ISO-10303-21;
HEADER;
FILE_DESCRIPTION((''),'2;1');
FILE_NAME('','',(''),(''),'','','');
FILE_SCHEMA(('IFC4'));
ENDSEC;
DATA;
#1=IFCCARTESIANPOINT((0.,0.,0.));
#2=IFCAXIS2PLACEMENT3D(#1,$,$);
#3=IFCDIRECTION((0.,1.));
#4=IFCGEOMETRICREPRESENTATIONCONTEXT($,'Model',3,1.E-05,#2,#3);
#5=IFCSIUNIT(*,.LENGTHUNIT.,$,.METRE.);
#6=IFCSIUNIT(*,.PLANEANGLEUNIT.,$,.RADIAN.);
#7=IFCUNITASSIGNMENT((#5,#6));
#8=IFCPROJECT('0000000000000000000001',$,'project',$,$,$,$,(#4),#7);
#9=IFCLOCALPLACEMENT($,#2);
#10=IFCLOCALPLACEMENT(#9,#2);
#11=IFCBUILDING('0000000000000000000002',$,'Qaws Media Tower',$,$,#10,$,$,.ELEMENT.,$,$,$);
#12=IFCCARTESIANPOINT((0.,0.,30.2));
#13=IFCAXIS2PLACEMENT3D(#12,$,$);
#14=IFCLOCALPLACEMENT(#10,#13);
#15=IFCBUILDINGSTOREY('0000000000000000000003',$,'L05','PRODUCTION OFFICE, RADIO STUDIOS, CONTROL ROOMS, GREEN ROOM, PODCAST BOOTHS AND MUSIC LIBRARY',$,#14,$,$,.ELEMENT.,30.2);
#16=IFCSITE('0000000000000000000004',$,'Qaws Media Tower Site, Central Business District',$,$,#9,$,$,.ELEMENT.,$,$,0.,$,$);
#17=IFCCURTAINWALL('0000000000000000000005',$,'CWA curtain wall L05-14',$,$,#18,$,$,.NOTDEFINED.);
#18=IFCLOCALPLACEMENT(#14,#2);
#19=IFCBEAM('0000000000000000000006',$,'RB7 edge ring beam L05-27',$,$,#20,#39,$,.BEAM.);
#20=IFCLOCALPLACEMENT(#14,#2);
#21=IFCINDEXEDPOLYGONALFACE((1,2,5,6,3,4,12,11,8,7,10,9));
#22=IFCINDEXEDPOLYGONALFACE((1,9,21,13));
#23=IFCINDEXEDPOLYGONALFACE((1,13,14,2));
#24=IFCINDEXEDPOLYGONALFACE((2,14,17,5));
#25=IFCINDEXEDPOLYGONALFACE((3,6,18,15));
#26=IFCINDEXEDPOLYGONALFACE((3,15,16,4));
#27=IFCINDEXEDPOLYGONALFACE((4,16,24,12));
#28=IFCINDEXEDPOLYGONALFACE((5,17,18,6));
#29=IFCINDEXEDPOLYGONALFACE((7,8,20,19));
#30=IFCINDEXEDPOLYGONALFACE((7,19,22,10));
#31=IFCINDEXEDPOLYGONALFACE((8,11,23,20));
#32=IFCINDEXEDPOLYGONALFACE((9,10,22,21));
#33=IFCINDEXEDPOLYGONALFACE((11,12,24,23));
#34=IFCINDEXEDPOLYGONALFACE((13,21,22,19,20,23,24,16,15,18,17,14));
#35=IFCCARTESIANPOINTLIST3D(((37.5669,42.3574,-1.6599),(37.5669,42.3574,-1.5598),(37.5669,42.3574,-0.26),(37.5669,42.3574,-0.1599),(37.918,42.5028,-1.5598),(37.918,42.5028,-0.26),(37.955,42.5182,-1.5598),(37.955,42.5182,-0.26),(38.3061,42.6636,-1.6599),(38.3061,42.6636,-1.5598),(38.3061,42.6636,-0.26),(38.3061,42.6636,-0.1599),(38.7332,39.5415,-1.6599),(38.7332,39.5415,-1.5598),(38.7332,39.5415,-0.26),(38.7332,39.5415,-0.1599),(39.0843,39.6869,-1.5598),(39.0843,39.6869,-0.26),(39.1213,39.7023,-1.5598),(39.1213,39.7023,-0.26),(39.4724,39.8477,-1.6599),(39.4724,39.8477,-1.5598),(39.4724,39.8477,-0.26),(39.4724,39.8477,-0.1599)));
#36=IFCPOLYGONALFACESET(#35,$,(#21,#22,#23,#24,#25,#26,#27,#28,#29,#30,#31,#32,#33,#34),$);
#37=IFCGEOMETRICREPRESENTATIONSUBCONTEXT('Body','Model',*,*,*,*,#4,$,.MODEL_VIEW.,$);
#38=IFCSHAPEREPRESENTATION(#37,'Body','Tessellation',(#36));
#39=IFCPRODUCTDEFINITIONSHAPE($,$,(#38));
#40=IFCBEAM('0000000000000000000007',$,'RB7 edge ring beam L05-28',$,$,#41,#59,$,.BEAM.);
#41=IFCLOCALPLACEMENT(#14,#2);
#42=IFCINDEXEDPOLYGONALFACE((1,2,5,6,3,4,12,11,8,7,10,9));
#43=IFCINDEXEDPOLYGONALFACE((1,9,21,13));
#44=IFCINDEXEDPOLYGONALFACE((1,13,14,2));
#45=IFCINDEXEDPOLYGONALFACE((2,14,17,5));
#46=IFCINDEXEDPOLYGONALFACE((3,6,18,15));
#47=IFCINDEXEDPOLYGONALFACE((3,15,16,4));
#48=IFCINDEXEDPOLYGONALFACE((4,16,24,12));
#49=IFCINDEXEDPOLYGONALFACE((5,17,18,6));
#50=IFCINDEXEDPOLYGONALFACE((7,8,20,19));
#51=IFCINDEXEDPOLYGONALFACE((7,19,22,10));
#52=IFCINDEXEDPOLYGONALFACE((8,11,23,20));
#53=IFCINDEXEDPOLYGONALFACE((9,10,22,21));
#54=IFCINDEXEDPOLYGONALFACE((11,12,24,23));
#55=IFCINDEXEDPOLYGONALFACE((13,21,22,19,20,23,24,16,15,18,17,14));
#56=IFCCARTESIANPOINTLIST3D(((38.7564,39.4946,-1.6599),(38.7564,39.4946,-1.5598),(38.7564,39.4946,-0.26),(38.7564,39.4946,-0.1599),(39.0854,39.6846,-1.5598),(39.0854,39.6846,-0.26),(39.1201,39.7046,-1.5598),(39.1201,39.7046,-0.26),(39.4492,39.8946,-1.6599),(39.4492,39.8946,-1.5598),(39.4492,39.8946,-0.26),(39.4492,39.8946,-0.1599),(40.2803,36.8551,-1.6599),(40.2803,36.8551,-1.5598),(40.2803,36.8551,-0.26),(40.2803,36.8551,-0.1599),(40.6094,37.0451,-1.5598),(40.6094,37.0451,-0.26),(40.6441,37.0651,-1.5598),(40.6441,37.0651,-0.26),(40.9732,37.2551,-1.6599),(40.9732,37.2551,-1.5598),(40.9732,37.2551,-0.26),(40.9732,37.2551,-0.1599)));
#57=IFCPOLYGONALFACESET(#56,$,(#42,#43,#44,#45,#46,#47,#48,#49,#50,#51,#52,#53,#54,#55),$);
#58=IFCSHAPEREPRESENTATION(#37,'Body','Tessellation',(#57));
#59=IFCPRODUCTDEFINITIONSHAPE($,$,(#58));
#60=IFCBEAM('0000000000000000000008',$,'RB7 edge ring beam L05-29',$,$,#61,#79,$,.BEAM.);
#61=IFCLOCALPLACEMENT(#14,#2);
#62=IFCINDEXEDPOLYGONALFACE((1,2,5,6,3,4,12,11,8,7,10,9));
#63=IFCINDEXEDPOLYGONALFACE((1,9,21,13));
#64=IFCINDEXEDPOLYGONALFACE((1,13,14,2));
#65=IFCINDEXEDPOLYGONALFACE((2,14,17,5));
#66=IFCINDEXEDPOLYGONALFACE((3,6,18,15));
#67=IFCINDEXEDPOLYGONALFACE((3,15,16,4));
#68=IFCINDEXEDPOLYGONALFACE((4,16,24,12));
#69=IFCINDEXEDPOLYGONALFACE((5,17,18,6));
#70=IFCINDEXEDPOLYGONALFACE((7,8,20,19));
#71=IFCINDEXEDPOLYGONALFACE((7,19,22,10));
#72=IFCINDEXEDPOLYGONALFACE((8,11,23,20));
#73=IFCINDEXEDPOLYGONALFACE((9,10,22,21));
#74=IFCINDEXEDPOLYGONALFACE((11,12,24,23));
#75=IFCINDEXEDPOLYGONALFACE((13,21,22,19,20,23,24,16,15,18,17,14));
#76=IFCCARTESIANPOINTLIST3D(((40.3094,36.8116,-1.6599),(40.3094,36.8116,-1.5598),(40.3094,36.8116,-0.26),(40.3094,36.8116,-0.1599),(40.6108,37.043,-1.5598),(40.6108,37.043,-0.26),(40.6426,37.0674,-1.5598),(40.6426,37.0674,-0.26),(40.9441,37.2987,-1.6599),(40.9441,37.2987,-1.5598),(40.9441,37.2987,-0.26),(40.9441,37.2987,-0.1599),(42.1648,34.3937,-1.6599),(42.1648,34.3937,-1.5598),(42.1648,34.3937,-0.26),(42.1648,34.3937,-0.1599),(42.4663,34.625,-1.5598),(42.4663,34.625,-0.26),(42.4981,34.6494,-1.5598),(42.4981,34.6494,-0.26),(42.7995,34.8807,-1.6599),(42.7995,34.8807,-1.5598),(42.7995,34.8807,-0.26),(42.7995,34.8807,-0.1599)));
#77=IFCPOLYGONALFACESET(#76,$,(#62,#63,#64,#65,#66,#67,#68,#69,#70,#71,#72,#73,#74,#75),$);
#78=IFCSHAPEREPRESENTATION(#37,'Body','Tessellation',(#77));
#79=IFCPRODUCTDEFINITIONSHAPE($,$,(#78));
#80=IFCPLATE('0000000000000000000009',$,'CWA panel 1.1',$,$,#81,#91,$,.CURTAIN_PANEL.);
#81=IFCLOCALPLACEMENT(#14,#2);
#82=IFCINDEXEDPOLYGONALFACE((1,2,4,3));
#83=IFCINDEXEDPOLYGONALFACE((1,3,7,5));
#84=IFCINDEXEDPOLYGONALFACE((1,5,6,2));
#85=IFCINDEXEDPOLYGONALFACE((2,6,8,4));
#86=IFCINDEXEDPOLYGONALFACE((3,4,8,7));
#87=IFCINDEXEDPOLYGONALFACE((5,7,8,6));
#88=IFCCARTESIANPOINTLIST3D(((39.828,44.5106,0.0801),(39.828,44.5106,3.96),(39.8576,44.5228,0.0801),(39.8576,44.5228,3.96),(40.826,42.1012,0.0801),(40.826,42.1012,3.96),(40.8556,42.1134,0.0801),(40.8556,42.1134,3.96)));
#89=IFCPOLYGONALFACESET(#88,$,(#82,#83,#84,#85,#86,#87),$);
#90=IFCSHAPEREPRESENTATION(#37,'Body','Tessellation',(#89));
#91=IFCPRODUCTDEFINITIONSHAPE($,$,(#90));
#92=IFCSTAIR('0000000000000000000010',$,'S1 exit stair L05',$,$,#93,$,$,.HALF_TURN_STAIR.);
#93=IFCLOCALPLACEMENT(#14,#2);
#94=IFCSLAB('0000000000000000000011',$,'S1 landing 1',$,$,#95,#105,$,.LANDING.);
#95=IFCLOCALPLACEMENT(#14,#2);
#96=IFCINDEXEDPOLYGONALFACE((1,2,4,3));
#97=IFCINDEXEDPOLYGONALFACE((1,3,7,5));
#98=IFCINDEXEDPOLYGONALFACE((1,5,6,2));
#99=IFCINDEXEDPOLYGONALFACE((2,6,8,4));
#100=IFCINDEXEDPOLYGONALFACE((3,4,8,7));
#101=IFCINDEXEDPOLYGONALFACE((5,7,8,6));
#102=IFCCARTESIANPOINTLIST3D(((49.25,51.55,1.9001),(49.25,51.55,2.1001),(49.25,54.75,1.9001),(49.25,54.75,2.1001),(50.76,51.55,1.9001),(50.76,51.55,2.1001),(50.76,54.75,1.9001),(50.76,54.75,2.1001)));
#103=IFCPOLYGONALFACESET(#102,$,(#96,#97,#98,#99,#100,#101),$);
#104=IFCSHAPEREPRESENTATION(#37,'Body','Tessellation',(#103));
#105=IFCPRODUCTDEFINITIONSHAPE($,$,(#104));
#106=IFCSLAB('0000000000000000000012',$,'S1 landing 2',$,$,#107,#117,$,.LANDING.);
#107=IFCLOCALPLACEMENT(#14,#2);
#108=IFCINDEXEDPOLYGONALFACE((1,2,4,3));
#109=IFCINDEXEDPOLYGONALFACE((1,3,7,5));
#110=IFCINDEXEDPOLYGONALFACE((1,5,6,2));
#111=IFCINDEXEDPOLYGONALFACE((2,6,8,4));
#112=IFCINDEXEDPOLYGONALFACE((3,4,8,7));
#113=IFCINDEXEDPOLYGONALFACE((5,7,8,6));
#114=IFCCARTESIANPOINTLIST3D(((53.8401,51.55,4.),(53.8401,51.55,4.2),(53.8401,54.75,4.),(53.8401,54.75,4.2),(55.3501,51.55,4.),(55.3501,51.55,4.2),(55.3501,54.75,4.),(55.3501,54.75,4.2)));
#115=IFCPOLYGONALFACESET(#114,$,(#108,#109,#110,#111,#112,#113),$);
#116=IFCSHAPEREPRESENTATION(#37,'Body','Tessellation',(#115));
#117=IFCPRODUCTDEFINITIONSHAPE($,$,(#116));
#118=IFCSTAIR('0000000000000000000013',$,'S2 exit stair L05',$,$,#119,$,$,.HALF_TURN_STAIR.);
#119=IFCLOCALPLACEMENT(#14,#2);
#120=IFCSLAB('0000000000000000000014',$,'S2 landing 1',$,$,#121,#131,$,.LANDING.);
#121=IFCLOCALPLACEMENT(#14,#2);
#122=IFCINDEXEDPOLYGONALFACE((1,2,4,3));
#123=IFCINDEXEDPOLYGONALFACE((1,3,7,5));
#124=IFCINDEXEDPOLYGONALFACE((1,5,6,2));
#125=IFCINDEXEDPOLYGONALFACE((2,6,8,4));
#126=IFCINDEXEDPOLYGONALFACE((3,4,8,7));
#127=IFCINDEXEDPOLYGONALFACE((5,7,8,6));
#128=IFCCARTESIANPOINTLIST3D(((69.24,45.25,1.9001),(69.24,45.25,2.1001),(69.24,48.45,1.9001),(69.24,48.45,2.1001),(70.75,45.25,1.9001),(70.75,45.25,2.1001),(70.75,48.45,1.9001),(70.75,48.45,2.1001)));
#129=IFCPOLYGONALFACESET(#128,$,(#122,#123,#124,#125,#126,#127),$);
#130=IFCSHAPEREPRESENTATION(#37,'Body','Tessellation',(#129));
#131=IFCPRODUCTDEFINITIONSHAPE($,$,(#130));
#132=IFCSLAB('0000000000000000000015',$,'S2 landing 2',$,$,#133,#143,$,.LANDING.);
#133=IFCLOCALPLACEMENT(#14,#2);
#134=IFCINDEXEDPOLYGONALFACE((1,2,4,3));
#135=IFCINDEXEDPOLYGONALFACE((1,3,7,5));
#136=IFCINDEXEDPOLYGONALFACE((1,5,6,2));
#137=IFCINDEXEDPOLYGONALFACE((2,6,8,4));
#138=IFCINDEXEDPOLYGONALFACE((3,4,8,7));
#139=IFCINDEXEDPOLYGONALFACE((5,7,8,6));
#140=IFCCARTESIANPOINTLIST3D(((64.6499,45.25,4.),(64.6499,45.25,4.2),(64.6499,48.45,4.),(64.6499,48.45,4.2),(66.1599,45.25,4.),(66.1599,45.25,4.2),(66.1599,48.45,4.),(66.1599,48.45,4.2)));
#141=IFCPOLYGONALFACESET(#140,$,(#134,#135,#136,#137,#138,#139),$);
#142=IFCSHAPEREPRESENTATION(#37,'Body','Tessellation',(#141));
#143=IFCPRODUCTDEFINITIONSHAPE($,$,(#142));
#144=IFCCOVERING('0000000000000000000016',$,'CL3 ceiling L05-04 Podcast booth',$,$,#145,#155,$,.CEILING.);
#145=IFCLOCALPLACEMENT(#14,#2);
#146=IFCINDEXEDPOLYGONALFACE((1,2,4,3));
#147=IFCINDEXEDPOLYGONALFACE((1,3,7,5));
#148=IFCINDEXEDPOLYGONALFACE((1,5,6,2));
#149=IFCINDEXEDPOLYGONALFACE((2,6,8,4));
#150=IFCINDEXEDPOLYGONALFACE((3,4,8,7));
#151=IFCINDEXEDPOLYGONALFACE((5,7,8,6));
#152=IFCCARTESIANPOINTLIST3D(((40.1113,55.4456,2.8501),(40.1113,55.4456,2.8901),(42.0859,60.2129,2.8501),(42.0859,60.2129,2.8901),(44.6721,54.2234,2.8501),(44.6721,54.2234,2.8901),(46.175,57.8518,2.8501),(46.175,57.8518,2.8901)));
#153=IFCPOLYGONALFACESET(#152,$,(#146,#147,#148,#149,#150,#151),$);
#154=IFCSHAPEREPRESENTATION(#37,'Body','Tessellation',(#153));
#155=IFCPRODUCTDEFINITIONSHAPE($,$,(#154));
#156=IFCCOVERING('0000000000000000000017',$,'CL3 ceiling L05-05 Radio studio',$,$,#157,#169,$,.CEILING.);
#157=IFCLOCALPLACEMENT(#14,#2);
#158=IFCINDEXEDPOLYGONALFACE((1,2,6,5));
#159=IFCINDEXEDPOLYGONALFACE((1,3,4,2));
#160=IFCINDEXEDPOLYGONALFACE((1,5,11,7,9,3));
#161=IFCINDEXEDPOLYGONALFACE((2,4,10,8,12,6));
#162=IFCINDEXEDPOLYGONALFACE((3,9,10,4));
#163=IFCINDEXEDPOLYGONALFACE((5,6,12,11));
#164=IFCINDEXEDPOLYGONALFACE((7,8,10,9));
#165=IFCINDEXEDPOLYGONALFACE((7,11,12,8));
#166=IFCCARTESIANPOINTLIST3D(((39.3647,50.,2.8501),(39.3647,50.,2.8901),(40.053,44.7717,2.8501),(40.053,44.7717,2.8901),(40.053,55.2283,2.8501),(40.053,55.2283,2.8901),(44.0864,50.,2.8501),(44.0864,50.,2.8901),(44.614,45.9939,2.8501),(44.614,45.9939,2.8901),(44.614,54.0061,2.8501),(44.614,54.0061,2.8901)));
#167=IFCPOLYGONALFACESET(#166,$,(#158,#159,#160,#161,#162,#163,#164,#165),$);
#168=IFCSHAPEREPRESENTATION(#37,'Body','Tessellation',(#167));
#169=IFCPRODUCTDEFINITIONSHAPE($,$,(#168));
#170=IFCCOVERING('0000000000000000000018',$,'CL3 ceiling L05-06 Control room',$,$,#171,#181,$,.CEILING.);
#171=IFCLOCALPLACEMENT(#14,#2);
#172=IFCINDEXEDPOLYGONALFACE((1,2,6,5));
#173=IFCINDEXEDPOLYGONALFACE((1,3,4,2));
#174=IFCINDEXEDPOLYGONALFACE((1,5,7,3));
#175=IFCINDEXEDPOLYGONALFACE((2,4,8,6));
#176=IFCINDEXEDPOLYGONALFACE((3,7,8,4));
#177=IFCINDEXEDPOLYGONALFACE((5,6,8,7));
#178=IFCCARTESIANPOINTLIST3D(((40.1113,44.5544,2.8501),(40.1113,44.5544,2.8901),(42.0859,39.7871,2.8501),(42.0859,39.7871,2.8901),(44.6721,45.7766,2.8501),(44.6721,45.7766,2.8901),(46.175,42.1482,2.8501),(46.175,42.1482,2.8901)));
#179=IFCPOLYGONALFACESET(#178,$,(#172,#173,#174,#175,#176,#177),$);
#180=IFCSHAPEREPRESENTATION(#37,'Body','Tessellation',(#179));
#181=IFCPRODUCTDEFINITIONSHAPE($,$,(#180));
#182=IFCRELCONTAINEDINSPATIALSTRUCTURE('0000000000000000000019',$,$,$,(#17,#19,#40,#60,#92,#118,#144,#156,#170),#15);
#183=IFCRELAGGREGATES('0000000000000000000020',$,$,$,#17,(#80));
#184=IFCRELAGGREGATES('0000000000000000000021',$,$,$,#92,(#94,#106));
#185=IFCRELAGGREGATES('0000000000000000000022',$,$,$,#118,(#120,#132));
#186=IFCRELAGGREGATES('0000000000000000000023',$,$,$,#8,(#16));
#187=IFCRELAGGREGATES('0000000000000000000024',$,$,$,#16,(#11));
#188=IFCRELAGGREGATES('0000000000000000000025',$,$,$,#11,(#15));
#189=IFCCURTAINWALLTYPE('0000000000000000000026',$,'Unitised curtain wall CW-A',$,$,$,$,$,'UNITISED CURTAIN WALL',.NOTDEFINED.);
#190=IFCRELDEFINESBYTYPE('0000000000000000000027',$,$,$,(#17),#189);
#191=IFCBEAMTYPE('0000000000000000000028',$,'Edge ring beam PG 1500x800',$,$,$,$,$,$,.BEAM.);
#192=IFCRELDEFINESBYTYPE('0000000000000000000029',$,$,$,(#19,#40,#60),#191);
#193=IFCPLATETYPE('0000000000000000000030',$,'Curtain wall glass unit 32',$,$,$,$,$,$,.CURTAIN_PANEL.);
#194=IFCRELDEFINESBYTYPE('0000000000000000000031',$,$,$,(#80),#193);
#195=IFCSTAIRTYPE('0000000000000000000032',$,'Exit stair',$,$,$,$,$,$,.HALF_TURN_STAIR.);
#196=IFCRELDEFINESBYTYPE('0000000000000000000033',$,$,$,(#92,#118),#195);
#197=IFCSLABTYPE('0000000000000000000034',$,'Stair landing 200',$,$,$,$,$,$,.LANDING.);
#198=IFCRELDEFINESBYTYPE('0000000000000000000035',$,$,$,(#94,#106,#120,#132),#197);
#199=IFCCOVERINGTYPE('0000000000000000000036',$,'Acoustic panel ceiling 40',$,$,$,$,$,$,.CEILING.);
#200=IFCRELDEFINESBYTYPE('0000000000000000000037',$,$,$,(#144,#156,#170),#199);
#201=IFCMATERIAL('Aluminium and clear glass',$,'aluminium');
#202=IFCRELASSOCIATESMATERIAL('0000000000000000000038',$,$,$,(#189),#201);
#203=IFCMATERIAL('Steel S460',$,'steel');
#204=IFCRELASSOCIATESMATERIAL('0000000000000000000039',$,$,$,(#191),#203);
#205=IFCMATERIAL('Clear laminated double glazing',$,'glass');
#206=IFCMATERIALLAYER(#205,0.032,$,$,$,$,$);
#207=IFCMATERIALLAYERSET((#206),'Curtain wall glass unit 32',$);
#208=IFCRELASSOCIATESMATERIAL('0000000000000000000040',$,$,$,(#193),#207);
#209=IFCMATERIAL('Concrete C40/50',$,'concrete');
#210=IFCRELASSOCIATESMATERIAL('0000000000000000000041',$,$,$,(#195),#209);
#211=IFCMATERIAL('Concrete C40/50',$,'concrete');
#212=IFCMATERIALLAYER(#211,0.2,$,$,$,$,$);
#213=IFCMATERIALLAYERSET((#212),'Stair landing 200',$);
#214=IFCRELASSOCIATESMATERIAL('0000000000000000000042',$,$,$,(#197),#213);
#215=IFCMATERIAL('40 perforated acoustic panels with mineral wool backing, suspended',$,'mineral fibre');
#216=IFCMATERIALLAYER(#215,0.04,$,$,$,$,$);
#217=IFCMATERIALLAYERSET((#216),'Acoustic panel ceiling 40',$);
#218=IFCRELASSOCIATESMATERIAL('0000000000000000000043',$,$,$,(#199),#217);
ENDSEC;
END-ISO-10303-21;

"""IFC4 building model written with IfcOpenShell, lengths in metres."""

from ifc_helpers import new_model, si_unit, direction, frame, origin, origin_2d, place, context, subcontext, project, spatial, polyline, rectangle, i_section, outline, extrude, material, layer, layer_set, material_profile, profile_set, type_object, element, aggregate, save


model = new_model("IFC4")

# Units and contexts
model_context = context("Model", 3, precision=1e-05, world=origin(), true_north=direction((0.0, 1.0)))
body_context = subcontext(model_context, "Body", "Model", "MODEL_VIEW")
ifc_project = project(units=[si_unit("LENGTHUNIT", "METRE"), si_unit("PLANEANGLEUNIT", "RADIAN")], contexts=[model_context])

# Site, building, storey
site_placement = place(None, origin())
site = spatial("IfcSite", under=ifc_project, at=site_placement, Name="Qaws Media Tower Site, Central Business District", CompositionType="ELEMENT", RefElevation=0.0)
building_placement = place(site_placement, origin())
building = spatial("IfcBuilding", under=site, at=building_placement, Name="Qaws Media Tower", CompositionType="ELEMENT")
storey_placement = place(building_placement, frame((0.0, 0.0, 30.2)))
storey = spatial("IfcBuildingStorey", under=building, at=storey_placement, Name="L05", Description="PRODUCTION OFFICE, RADIO STUDIOS, CONTROL ROOMS, GREEN ROOM, PODCAST BOOTHS AND MUSIC LIBRARY", CompositionType="ELEMENT", Elevation=30.2)

# Curtain wall
ifc_material_1 = material(Name="Aluminium and clear glass", Category="aluminium")
curtain_wall_type = type_object("IfcCurtainWallType", Name="Unitised curtain wall CW-A", ElementType="UNITISED CURTAIN WALL", PredefinedType="NOTDEFINED", material=ifc_material_1)
curtain_wall_placement = place(storey_placement, origin())
curtain_wall = element("IfcCurtainWall", 1, at=curtain_wall_placement, inside=storey, type_object=curtain_wall_type, Name="CWA curtain wall L05-14", PredefinedType="NOTDEFINED")

# Beams
ifc_material_2 = material(Name="Steel S460", Category="steel")
ifc_material_profile_1 = material_profile(ifc_material_2, i_section(OverallWidth=0.8, OverallDepth=1.5, WebThickness=0.04, FlangeThickness=0.1001, at=origin_2d()), Name="PG 1500x800")
ifc_profile_set_1 = profile_set([ifc_material_profile_1], Name="Steel S460")
beam_type = type_object("IfcBeamType", Name="Edge ring beam PG 1500x800", PredefinedType="BEAM", material=ifc_profile_set_1)
for number, where, z_axis, x_axis, name in (
    (2, (37.9365, 42.5105, -0.9099), (0.382647, -0.923895, 0.0), (0.923895, 0.382647, 0.0), "RB7 edge ring beam L05-27"),
    (3, (39.1028, 39.6946, -0.9099), (0.500016, -0.866016, 0.0), (0.866016, 0.500016, 0.0), "RB7 edge ring beam L05-28"),
    (4, (40.6267, 37.0552, -0.9099), (0.608781, -0.793338, 0.0), (0.793338, 0.608781, 0.0), "RB7 edge ring beam L05-29"),
):
    element("IfcBeam", number, at=place(storey_placement, frame(where, z_axis=z_axis, x_axis=x_axis)), inside=storey, type_object=beam_type, Name=name, PredefinedType="BEAM", context=body_context, shape_type="SweptSolid", body=[
        extrude(i_section(OverallWidth=0.8, OverallDepth=1.5, WebThickness=0.04, FlangeThickness=0.1001, at=origin_2d()), origin(), (0.0, 0.0, 1.0), 3.0479),
    ])

# Plate
ifc_material_3 = material(Name="Clear laminated double glazing", Category="glass")
ifc_layer_1 = layer(ifc_material_3, 0.032)
ifc_layer_set_1 = layer_set([ifc_layer_1], Name="Curtain wall glass unit 32")
plate_type = type_object("IfcPlateType", Name="Curtain wall glass unit 32", PredefinedType="CURTAIN_PANEL", material=ifc_layer_set_1)
plate_placement = place(storey_placement, frame((40.3418, 43.312, 0.0801), z_axis=(0.0, 0.0, 1.0), x_axis=(0.382683, -0.92388, 0.0)))
plate = element("IfcPlate", 5, at=plate_placement, type_object=plate_type, Name="CWA panel 1.1", PredefinedType="CURTAIN_PANEL", context=body_context, shape_type="SweptSolid", body=[
    extrude(rectangle(XDim=2.6079, YDim=0.032, at=origin_2d()), origin(), (0.0, 0.0, 1.0), 3.8799),
])
aggregate(curtain_wall, [plate])

# Stairs, slabs
ifc_material_4 = material(Name="Concrete C40/50", Category="concrete")
stair_type = type_object("IfcStairType", Name="Exit stair", PredefinedType="HALF_TURN_STAIR", material=ifc_material_4)
stair_1_placement = place(storey_placement, origin())
stair_1 = element("IfcStair", 6, at=stair_1_placement, inside=storey, type_object=stair_type, Name="S1 exit stair L05", PredefinedType="HALF_TURN_STAIR")
ifc_material_5 = material(Name="Concrete C40/50", Category="concrete")
ifc_layer_2 = layer(ifc_material_5, 0.2)
ifc_layer_set_2 = layer_set([ifc_layer_2], Name="Stair landing 200")
slab_type = type_object("IfcSlabType", Name="Stair landing 200", PredefinedType="LANDING", material=ifc_layer_set_2)
slab_1_placement = place(storey_placement, frame((0.0, 0.0, 1.9001)))
slab_1 = element("IfcSlab", 7, at=slab_1_placement, type_object=slab_type, Name="S1 landing 1", PredefinedType="LANDING", context=body_context, shape_type="SweptSolid", body=[
    extrude(outline(polyline([(49.25, 51.55), (50.76, 51.55), (50.76, 54.75), (49.25, 54.75), (49.25, 51.55)])), origin(), (0.0, 0.0, 1.0), 0.2),
])
slab_2_placement = place(storey_placement, frame((0.0, 0.0, 4.0)))
slab_2 = element("IfcSlab", 8, at=slab_2_placement, type_object=slab_type, Name="S1 landing 2", PredefinedType="LANDING", context=body_context, shape_type="SweptSolid", body=[
    extrude(outline(polyline([(53.8401, 51.55), (55.3501, 51.55), (55.3501, 54.75), (53.8401, 54.75), (53.8401, 51.55)])), origin(), (0.0, 0.0, 1.0), 0.2),
])
aggregate(stair_1, [slab_1, slab_2])
stair_2_placement = place(storey_placement, origin())
stair_2 = element("IfcStair", 9, at=stair_2_placement, inside=storey, type_object=stair_type, Name="S2 exit stair L05", PredefinedType="HALF_TURN_STAIR")
slab_3_placement = place(storey_placement, frame((0.0, 0.0, 1.9001)))
slab_3 = element("IfcSlab", 10, at=slab_3_placement, type_object=slab_type, Name="S2 landing 1", PredefinedType="LANDING", context=body_context, shape_type="SweptSolid", body=[
    extrude(outline(polyline([(69.24, 45.25), (70.75, 45.25), (70.75, 48.45), (69.24, 48.45), (69.24, 45.25)])), origin(), (0.0, 0.0, 1.0), 0.2),
])
slab_4_placement = place(storey_placement, frame((0.0, 0.0, 4.0)))
slab_4 = element("IfcSlab", 11, at=slab_4_placement, type_object=slab_type, Name="S2 landing 2", PredefinedType="LANDING", context=body_context, shape_type="SweptSolid", body=[
    extrude(outline(polyline([(64.6499, 45.25), (66.1599, 45.25), (66.1599, 48.45), (64.6499, 48.45), (64.6499, 45.25)])), origin(), (0.0, 0.0, 1.0), 0.2),
])
aggregate(stair_2, [slab_3, slab_4])

# Coverings
ifc_material_6 = material(Name="40 perforated acoustic panels with mineral wool backing, suspended", Category="mineral fibre")
ifc_layer_3 = layer(ifc_material_6, 0.04)
ifc_layer_set_3 = layer_set([ifc_layer_3], Name="Acoustic panel ceiling 40")
covering_type_1 = type_object("IfcCoveringType", Name="Acoustic panel ceiling 40", PredefinedType="CEILING", material=ifc_layer_set_3)
covering_1_placement = place(storey_placement, frame((0.0, 0.0, 2.8501)))
element("IfcCovering", 12, at=covering_1_placement, inside=storey, type_object=covering_type_1, Name="CL3 ceiling L05-04 Podcast booth", PredefinedType="CEILING", context=body_context, shape_type="SweptSolid", body=[
    extrude(outline(polyline([(42.0859, 60.2129), (46.175, 57.8518), (44.6721, 54.2234), (40.1113, 55.4456), (42.0859, 60.2129)])), origin(), (0.0, 0.0, 1.0), 0.04),
])
covering_2_placement = place(storey_placement, frame((0.0, 0.0, 2.8501)))
element("IfcCovering", 13, at=covering_2_placement, inside=storey, type_object=covering_type_1, Name="CL3 ceiling L05-05 Radio studio", PredefinedType="CEILING", context=body_context, shape_type="SweptSolid", body=[
    extrude(outline(polyline([(39.3647, 50.0), (40.053, 55.2283), (44.614, 54.0061), (44.0864, 50.0), (44.614, 45.9939), (40.053, 44.7717), (39.3647, 50.0)])), origin(), (0.0, 0.0, 1.0), 0.04),
])
covering_3_placement = place(storey_placement, frame((0.0, 0.0, 2.8501)))
element("IfcCovering", 14, at=covering_3_placement, inside=storey, type_object=covering_type_1, Name="CL3 ceiling L05-06 Control room", PredefinedType="CEILING", context=body_context, shape_type="SweptSolid", body=[
    extrude(outline(polyline([(40.1113, 44.5544), (44.6721, 45.7766), (46.175, 42.1482), (42.0859, 39.7871), (40.1113, 44.5544)])), origin(), (0.0, 0.0, 1.0), 0.04),
])

save(model, "model.ifc")
